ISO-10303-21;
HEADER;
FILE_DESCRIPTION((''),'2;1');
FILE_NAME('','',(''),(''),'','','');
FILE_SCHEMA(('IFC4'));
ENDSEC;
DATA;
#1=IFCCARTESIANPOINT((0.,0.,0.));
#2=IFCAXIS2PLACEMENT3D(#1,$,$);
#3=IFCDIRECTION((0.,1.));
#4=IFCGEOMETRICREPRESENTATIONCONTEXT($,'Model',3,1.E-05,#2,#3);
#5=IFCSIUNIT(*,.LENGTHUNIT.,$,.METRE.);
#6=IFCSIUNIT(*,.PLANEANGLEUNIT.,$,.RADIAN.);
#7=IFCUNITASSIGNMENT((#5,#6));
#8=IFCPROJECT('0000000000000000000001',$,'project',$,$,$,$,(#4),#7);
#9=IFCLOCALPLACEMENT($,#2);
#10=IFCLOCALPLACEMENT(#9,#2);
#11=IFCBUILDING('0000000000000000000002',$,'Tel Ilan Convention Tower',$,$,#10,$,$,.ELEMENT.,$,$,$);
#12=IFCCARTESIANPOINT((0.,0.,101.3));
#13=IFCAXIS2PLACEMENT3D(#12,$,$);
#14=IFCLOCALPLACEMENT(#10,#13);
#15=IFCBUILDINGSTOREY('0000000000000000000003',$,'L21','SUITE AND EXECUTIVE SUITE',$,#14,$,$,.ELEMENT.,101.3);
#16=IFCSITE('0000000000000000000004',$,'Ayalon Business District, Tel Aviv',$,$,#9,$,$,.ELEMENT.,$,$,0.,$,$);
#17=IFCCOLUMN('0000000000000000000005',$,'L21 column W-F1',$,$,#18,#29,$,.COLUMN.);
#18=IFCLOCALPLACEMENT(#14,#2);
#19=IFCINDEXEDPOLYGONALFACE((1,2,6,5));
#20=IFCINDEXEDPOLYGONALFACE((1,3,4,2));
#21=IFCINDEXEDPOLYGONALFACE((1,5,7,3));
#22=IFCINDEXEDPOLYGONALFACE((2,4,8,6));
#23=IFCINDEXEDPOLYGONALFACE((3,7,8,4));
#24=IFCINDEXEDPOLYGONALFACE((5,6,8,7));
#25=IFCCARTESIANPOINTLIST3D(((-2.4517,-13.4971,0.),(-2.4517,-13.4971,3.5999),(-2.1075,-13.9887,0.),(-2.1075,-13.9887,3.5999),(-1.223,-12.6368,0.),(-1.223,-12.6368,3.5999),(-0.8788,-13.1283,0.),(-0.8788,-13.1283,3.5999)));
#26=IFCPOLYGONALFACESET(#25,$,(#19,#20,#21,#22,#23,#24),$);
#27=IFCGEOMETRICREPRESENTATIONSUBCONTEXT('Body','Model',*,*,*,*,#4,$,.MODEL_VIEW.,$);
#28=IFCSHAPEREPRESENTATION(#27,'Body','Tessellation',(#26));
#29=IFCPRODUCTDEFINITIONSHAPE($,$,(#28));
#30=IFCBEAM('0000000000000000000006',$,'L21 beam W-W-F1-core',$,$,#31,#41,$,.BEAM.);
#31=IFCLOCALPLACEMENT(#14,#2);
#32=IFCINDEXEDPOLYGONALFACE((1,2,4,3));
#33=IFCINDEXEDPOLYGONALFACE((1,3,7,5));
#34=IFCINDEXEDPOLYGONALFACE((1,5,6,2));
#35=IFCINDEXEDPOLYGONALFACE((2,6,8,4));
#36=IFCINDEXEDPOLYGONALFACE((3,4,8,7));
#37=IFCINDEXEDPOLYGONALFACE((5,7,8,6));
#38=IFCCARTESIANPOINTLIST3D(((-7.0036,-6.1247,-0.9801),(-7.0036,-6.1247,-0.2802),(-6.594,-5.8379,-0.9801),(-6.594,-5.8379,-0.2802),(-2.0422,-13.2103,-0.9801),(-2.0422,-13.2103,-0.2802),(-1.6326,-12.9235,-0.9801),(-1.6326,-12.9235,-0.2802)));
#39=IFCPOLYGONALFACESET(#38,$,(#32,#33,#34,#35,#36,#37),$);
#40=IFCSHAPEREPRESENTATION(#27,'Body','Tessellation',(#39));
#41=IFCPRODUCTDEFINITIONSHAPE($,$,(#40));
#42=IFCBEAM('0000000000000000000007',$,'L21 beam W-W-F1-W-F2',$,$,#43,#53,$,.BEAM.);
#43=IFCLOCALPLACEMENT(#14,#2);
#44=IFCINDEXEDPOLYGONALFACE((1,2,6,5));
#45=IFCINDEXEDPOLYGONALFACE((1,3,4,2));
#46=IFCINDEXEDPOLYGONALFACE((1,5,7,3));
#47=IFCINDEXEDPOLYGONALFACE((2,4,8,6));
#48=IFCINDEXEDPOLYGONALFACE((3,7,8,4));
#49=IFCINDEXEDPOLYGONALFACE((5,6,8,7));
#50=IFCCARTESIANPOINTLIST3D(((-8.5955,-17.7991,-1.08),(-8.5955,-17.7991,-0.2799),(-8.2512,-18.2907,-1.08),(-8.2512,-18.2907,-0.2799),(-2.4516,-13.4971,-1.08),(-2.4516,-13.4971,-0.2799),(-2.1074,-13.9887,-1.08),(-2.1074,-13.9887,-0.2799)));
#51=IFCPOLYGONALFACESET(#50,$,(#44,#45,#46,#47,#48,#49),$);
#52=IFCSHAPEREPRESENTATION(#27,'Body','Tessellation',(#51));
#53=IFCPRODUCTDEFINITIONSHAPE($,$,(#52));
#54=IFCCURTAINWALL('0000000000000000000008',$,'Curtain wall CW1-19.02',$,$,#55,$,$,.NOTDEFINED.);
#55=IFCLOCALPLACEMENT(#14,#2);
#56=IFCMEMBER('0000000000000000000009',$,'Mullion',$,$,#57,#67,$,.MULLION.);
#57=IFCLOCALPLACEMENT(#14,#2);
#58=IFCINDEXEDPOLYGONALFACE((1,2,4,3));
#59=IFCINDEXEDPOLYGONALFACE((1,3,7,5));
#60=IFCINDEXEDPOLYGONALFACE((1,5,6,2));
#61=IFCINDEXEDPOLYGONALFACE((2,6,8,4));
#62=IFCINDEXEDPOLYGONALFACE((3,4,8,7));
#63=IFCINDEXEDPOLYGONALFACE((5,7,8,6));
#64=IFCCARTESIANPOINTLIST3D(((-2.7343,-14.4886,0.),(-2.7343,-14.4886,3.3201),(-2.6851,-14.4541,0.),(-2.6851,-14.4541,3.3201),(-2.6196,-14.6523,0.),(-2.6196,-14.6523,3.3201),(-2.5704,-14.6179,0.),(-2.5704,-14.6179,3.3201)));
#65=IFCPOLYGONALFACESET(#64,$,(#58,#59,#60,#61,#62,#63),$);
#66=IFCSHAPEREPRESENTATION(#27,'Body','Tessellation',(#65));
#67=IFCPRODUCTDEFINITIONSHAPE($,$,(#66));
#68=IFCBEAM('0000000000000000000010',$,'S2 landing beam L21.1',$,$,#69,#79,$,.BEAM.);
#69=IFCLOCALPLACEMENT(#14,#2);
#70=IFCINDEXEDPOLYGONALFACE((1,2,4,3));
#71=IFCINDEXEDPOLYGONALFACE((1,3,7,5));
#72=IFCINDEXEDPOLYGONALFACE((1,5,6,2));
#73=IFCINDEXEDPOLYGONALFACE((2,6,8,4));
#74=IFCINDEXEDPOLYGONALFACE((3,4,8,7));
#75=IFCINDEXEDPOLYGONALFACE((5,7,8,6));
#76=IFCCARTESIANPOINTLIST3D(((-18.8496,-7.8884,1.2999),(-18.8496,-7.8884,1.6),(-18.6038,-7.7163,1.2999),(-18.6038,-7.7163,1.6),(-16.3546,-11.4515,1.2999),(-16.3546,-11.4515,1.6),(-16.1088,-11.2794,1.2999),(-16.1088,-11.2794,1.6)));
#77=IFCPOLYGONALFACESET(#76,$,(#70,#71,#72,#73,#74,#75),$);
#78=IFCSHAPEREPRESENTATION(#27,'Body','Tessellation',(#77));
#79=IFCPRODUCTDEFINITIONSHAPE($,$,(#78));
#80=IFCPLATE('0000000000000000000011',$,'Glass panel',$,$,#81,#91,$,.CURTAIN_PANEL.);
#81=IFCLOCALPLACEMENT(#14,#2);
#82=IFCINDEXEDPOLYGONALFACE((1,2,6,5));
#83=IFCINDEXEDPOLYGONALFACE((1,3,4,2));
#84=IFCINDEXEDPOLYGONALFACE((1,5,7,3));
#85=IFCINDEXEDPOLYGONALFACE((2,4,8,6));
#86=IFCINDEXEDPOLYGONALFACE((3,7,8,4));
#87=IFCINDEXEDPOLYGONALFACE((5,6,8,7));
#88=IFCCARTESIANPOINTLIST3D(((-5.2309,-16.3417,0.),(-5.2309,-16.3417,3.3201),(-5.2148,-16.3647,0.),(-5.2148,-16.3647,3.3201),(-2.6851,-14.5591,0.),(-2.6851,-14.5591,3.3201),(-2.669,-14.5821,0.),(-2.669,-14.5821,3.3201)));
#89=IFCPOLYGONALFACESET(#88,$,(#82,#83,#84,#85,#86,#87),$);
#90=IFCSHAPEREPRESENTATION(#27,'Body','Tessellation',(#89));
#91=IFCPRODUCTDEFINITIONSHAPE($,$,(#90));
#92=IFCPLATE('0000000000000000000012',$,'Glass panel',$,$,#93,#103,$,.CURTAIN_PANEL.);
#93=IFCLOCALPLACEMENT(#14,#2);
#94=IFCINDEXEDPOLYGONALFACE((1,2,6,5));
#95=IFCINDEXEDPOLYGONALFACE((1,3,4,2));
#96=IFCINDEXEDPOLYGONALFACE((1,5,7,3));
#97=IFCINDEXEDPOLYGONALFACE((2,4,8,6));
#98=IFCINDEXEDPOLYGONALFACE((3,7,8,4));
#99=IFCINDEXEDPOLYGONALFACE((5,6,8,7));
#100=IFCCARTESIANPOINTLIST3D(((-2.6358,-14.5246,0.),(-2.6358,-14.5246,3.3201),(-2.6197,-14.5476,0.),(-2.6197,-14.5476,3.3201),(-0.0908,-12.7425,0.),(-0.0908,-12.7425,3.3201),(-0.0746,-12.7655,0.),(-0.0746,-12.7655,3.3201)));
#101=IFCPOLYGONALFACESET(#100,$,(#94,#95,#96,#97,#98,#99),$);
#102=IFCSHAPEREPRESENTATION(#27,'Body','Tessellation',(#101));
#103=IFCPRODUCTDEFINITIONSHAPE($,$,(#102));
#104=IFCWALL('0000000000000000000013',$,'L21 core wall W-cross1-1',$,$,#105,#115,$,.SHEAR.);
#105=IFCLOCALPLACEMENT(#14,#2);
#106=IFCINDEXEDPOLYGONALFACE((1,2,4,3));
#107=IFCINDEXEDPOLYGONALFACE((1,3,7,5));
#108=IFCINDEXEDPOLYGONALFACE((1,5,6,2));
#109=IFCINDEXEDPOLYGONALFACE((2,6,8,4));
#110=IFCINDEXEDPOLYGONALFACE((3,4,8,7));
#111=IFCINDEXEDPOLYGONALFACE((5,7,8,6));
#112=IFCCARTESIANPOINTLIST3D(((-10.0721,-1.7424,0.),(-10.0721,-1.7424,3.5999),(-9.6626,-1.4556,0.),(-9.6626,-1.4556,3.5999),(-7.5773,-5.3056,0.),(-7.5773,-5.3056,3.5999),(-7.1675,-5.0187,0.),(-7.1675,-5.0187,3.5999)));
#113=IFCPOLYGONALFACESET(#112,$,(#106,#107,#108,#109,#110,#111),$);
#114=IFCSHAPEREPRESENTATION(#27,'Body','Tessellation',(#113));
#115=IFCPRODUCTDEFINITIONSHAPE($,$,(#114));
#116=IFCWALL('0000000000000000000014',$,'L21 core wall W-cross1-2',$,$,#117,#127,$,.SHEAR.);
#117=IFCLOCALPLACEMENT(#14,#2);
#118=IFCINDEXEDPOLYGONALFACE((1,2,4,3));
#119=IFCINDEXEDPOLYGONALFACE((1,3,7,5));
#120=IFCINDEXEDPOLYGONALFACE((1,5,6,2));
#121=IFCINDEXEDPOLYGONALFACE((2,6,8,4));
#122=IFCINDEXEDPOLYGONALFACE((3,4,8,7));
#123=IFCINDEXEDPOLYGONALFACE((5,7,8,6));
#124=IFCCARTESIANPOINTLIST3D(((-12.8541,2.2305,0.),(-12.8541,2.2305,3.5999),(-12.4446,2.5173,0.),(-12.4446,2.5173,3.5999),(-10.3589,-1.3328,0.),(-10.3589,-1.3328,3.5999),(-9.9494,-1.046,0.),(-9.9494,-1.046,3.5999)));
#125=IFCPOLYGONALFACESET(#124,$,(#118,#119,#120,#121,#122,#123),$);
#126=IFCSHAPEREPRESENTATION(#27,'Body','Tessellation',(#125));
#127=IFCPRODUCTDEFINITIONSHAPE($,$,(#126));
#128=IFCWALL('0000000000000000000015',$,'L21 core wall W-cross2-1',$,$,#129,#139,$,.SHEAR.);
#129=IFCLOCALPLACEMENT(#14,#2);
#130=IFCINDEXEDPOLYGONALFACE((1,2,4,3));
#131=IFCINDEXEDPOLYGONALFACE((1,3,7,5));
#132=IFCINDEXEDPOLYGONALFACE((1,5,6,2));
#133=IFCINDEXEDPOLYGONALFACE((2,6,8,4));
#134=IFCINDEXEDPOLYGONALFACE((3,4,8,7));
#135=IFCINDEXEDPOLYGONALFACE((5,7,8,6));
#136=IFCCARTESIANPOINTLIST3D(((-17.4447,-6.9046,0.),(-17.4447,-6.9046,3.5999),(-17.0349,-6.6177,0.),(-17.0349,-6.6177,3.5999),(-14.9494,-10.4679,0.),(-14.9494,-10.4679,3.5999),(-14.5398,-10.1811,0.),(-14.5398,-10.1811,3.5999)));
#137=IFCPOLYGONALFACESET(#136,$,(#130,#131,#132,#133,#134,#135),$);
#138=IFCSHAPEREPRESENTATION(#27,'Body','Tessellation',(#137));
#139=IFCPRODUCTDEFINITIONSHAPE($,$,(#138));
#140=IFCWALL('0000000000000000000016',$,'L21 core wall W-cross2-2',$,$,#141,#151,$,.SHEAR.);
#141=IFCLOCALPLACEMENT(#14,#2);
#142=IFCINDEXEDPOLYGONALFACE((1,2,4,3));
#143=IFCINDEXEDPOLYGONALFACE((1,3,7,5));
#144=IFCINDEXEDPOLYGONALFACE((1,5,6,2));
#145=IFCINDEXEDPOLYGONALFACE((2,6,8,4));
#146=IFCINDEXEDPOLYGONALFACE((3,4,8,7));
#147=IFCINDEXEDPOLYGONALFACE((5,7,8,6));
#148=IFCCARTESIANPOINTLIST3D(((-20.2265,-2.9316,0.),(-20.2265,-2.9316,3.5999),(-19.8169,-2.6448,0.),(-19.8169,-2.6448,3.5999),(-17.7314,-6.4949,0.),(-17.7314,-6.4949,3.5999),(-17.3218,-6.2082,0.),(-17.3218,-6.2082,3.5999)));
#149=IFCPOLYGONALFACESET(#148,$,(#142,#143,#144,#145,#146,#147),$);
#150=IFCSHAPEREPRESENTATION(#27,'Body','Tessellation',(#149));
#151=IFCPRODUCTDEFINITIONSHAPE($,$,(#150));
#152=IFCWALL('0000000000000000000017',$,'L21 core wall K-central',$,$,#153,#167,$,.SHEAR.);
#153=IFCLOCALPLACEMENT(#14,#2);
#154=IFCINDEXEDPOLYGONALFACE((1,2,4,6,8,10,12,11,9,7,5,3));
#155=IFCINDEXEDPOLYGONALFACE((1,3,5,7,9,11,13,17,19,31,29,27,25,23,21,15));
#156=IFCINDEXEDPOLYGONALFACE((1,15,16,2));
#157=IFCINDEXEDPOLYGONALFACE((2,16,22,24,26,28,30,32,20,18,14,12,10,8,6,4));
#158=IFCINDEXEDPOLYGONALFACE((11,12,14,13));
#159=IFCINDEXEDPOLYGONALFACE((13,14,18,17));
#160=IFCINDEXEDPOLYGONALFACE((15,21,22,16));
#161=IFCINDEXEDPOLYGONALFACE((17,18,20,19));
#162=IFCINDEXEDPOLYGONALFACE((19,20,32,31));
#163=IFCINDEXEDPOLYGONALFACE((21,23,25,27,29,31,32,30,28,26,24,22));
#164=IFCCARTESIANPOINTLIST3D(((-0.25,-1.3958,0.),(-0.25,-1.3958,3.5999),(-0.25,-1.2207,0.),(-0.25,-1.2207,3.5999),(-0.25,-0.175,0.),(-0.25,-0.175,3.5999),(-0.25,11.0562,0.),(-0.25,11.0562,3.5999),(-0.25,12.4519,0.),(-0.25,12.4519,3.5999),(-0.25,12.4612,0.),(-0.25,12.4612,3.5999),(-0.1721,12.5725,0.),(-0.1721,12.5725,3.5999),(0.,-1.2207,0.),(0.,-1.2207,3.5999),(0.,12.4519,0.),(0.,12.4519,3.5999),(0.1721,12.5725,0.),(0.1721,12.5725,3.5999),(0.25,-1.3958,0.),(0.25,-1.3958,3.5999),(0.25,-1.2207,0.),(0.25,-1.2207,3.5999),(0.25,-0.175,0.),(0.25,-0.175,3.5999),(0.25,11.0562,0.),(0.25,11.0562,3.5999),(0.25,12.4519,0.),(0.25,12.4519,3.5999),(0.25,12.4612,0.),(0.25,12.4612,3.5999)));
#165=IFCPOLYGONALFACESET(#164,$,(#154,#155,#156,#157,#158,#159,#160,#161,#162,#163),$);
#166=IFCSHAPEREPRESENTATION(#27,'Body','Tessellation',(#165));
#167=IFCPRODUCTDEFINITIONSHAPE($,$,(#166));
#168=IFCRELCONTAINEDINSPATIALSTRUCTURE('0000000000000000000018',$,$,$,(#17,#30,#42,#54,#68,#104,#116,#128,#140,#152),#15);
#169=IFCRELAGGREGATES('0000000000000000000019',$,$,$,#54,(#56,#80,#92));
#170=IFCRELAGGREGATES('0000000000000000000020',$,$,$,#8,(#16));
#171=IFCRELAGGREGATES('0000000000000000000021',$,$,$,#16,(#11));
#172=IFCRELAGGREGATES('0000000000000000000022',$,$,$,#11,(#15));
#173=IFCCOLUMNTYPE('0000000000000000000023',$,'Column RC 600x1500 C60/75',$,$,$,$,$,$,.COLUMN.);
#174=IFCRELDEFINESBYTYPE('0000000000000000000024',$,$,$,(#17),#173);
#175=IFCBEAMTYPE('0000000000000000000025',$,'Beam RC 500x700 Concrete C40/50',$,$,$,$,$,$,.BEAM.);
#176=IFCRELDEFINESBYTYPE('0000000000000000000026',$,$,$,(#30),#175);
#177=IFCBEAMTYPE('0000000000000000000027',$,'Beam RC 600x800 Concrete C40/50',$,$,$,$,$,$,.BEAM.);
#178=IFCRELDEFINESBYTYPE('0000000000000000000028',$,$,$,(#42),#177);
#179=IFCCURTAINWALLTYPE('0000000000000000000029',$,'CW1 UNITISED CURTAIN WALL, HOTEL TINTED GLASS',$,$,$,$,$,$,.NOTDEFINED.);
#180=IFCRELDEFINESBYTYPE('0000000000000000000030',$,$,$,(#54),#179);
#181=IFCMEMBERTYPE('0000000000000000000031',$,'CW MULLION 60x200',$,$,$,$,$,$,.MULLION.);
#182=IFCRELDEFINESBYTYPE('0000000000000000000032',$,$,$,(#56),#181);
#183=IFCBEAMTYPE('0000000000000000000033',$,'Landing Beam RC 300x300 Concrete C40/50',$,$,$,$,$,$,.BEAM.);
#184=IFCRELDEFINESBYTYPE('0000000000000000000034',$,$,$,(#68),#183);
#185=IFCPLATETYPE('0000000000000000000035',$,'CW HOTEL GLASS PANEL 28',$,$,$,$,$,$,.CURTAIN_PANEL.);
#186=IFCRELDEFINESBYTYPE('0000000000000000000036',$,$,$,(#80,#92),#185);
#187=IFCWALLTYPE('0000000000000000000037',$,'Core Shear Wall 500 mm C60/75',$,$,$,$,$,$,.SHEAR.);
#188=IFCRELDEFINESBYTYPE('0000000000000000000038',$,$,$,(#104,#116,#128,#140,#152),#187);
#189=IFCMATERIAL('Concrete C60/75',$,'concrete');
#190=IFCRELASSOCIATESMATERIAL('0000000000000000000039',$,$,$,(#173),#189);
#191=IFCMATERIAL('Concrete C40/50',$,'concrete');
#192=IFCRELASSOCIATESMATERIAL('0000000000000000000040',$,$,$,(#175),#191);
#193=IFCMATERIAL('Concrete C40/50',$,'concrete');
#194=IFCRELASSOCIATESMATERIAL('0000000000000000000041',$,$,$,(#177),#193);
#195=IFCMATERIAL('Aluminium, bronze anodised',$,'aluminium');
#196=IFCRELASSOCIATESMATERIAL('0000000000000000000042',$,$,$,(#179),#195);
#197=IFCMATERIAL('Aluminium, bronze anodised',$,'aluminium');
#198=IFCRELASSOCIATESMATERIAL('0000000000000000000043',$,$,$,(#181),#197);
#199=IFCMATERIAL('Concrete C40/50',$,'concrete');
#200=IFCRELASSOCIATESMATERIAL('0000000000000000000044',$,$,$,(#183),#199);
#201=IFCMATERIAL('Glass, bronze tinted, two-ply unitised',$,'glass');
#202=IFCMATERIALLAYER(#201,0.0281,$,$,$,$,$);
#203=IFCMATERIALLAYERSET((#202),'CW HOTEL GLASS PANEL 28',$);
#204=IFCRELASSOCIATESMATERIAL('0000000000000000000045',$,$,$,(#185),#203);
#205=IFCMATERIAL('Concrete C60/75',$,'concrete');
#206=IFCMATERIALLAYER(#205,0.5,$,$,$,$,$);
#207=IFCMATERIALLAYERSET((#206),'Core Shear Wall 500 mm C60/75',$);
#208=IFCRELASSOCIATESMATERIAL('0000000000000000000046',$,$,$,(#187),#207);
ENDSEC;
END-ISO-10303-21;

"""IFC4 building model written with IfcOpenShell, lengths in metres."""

from ifc_helpers import new_model, si_unit, direction, frame, origin, origin_2d, place, context, subcontext, project, spatial, polyline, rectangle, outline, extrude, material, layer, layer_set, material_profile, profile_set, type_object, element, aggregate, save


model = new_model("IFC4")

# Units and contexts
model_context = context("Model", 3, precision=1e-05, world=origin(), true_north=direction((0.0, 1.0)))
body_context = subcontext(model_context, "Body", "Model", "MODEL_VIEW")
ifc_project = project(units=[si_unit("LENGTHUNIT", "METRE"), si_unit("PLANEANGLEUNIT", "RADIAN")], contexts=[model_context])

# Site, building, storey
site_placement = place(None, origin())
site = spatial("IfcSite", under=ifc_project, at=site_placement, Name="Ayalon Business District, Tel Aviv", CompositionType="ELEMENT", RefElevation=0.0)
building_placement = place(site_placement, origin())
building = spatial("IfcBuilding", under=site, at=building_placement, Name="Tel Ilan Convention Tower", CompositionType="ELEMENT")
storey_placement = place(building_placement, frame((0.0, 0.0, 101.3)))
storey = spatial("IfcBuildingStorey", under=building, at=storey_placement, Name="L21", Description="SUITE AND EXECUTIVE SUITE", CompositionType="ELEMENT", Elevation=101.3)

# Column
ifc_material_1 = material(Name="Concrete C60/75", Category="concrete")
ifc_material_profile_1 = material_profile(ifc_material_1, rectangle(XDim=1.5, YDim=0.6001, at=origin_2d()), Name="RC 600x1500")
ifc_profile_set_1 = profile_set([ifc_material_profile_1], Name="Concrete C60/75")
column_type = type_object("IfcColumnType", Name="Column RC 600x1500 C60/75", PredefinedType="COLUMN", material=ifc_profile_set_1)
column_placement = place(storey_placement, frame((-1.6653, -13.3127, 0.0), z_axis=(0.0, 0.0, 1.0), x_axis=(-0.819152, -0.573576, 0.0)))
element("IfcColumn", 1, at=column_placement, inside=storey, type_object=column_type, Name="L21 column W-F1", PredefinedType="COLUMN", context=body_context, shape_type="SweptSolid", body=[
    extrude(rectangle(XDim=1.5, YDim=0.6001, at=origin_2d()), origin(), (0.0, 0.0, 1.0), 3.5999),
])

# Beams
ifc_material_2 = material(Name="Concrete C40/50", Category="concrete")
ifc_material_profile_2 = material_profile(ifc_material_2, rectangle(XDim=0.5, YDim=0.7, at=origin_2d()), Name="RC 500x700")
ifc_profile_set_2 = profile_set([ifc_material_profile_2], Name="Concrete C40/50")
beam_type_1 = type_object("IfcBeamType", Name="Beam RC 500x700 Concrete C40/50", PredefinedType="BEAM", material=ifc_profile_set_2)
beam_1_placement = place(storey_placement, frame((-1.8374, -13.0669, -0.6301), z_axis=(-0.573574, 0.819154, 0.0), x_axis=(-0.819154, -0.573574, 0.0)))
element("IfcBeam", 2, at=beam_1_placement, inside=storey, type_object=beam_type_1, Name="L21 beam W-W-F1-core", PredefinedType="BEAM", context=body_context, shape_type="SweptSolid", body=[
    extrude(rectangle(XDim=0.5, YDim=0.7, at=origin_2d()), origin(), (0.0, 0.0, 1.0), 8.6499),
])
ifc_material_3 = material(Name="Concrete C40/50", Category="concrete")
ifc_material_profile_3 = material_profile(ifc_material_3, rectangle(XDim=0.6001, YDim=0.8, at=origin_2d()), Name="RC 600x800")
ifc_profile_set_3 = profile_set([ifc_material_profile_3], Name="Concrete C40/50")
beam_type_2 = type_object("IfcBeamType", Name="Beam RC 600x800 Concrete C40/50", PredefinedType="BEAM", material=ifc_profile_set_3)
beam_2_placement = place(storey_placement, frame((-2.2795, -13.7429, -0.6799), z_axis=(-0.819148, -0.573582, 0.0), x_axis=(0.573582, -0.819148, 0.0)))
element("IfcBeam", 3, at=beam_2_placement, inside=storey, type_object=beam_type_2, Name="L21 beam W-W-F1-W-F2", PredefinedType="BEAM", context=body_context, shape_type="SweptSolid", body=[
    extrude(rectangle(XDim=0.6001, YDim=0.8, at=origin_2d()), origin(), (0.0, 0.0, 1.0), 7.5002),
])

# Curtain wall, member
ifc_material_4 = material(Name="Aluminium, bronze anodised", Category="aluminium")
curtain_wall_type = type_object("IfcCurtainWallType", Name="CW1 UNITISED CURTAIN WALL, HOTEL TINTED GLASS", PredefinedType="NOTDEFINED", material=ifc_material_4)
curtain_wall_placement = place(storey_placement, origin())
curtain_wall = element("IfcCurtainWall", 4, at=curtain_wall_placement, inside=storey, type_object=curtain_wall_type, Name="Curtain wall CW1-19.02", PredefinedType="NOTDEFINED")
ifc_material_5 = material(Name="Aluminium, bronze anodised", Category="aluminium")
ifc_material_profile_4 = material_profile(ifc_material_5, rectangle(XDim=0.0601, YDim=0.2, at=origin_2d()), Name="CW MULLION 60x200")
ifc_profile_set_4 = profile_set([ifc_material_profile_4], Name="Aluminium, bronze anodised")
member_type = type_object("IfcMemberType", Name="CW MULLION 60x200", PredefinedType="MULLION", material=ifc_profile_set_4)
member_placement = place(storey_placement, frame((-2.6523, -14.5532, 0.0), z_axis=(0.0, 0.0, 1.0), x_axis=(0.819152, 0.573576, 0.0)))
member = element("IfcMember", 5, at=member_placement, type_object=member_type, Name="Mullion", PredefinedType="MULLION", context=body_context, shape_type="SweptSolid", body=[
    extrude(rectangle(XDim=0.0601, YDim=0.2, at=origin_2d()), origin(), (0.0, 0.0, 1.0), 3.3201),
])

# Beam
ifc_material_6 = material(Name="Concrete C40/50", Category="concrete")
ifc_material_profile_5 = material_profile(ifc_material_6, rectangle(XDim=0.3, YDim=0.3, at=origin_2d()), Name="RC 300x300")
ifc_profile_set_5 = profile_set([ifc_material_profile_5], Name="Concrete C40/50")
beam_type_3 = type_object("IfcBeamType", Name="Landing Beam RC 300x300 Concrete C40/50", PredefinedType="BEAM", material=ifc_profile_set_5)
beam_3_placement = place(storey_placement, frame((-16.2317, -11.3655, 1.45), z_axis=(-0.573594, 0.81914, 0.0), x_axis=(-0.81914, -0.573594, 0.0)))
element("IfcBeam", 6, at=beam_3_placement, inside=storey, type_object=beam_type_3, Name="S2 landing beam L21.1", PredefinedType="BEAM", context=body_context, shape_type="SweptSolid", body=[
    extrude(rectangle(XDim=0.3, YDim=0.3, at=origin_2d()), origin(), (0.0, 0.0, 1.0), 4.3499),
])

# Plates
ifc_material_7 = material(Name="Glass, bronze tinted, two-ply unitised", Category="glass")
ifc_layer_1 = layer(ifc_material_7, 0.0281)
ifc_layer_set_1 = layer_set([ifc_layer_1], Name="CW HOTEL GLASS PANEL 28")
plate_type = type_object("IfcPlateType", Name="CW HOTEL GLASS PANEL 28", PredefinedType="CURTAIN_PANEL", material=ifc_layer_set_1)
plate_1_placement = place(storey_placement, frame((-3.95, -15.4619, 0.0), z_axis=(0.0, 0.0, 1.0), x_axis=(0.819152, 0.573576, 0.0)))
plate_1 = element("IfcPlate", 7, at=plate_1_placement, type_object=plate_type, Name="Glass panel", PredefinedType="CURTAIN_PANEL", context=body_context, shape_type="SweptSolid", body=[
    extrude(rectangle(XDim=3.1079, YDim=0.0281, at=origin_2d()), origin(), (0.0, 0.0, 1.0), 3.3201),
])
plate_2_placement = place(storey_placement, frame((-1.3552, -13.645, 0.0), z_axis=(0.0, 0.0, 1.0), x_axis=(0.819152, 0.573576, 0.0)))
plate_2 = element("IfcPlate", 8, at=plate_2_placement, type_object=plate_type, Name="Glass panel", PredefinedType="CURTAIN_PANEL", context=body_context, shape_type="SweptSolid", body=[
    extrude(rectangle(XDim=3.1069, YDim=0.0281, at=origin_2d()), origin(), (0.0, 0.0, 1.0), 3.3201),
])
aggregate(curtain_wall, [member, plate_1, plate_2])

# Walls
ifc_material_8 = material(Name="Concrete C60/75", Category="concrete")
ifc_layer_2 = layer(ifc_material_8, 0.5)
ifc_layer_set_2 = layer_set([ifc_layer_2], Name="Core Shear Wall 500 mm C60/75")
wall_type_1 = type_object("IfcWallType", Name="Core Shear Wall 500 mm C60/75", PredefinedType="SHEAR", material=ifc_layer_set_2)
wall_1_placement = place(storey_placement, frame((-7.3723, -5.1621, 0.0), z_axis=(0.0, 0.0, 1.0), x_axis=(-0.573594, 0.81914, 0.0)))
element("IfcWall", 9, at=wall_1_placement, inside=storey, type_object=wall_type_1, Name="L21 core wall W-cross1-1", PredefinedType="SHEAR", context=body_context, shape_type="SweptSolid", body=[
    extrude(outline(polyline([(4.3499, 0.25), (0.0, 0.2502), (0.0, -0.25), (4.3499, -0.25), (4.3499, 0.25)])), origin(), (0.0, 0.0, 1.0), 3.5999),
])
wall_2_placement = place(storey_placement, frame((-10.1543, -1.1892, 0.0), z_axis=(0.0, 0.0, 1.0), x_axis=(-0.573594, 0.81914, 0.0)))
element("IfcWall", 10, at=wall_2_placement, inside=storey, type_object=wall_type_1, Name="L21 core wall W-cross1-2", PredefinedType="SHEAR", context=body_context, shape_type="SweptSolid", body=[
    extrude(outline(polyline([(4.3499, -0.25), (4.3499, 0.25), (-0.0002, 0.25), (-0.0002, -0.25), (4.3499, -0.25)])), origin(), (0.0, 0.0, 1.0), 3.5999),
])
wall_3_placement = place(storey_placement, frame((-14.7446, -10.3245, 0.0), z_axis=(0.0, 0.0, 1.0), x_axis=(-0.573568, 0.819158, 0.0)))
element("IfcWall", 11, at=wall_3_placement, inside=storey, type_object=wall_type_1, Name="L21 core wall W-cross2-1", PredefinedType="SHEAR", context=body_context, shape_type="SweptSolid", body=[
    extrude(outline(polyline([(4.3501, 0.2502), (0.0, 0.25), (0.0, -0.25), (4.3501, -0.25), (4.3501, 0.2502)])), origin(), (0.0, 0.0, 1.0), 3.5999),
])
wall_4_placement = place(storey_placement, frame((-17.5266, -6.3516, 0.0), z_axis=(0.0, 0.0, 1.0), x_axis=(-0.57353, 0.819184, 0.0)))
element("IfcWall", 12, at=wall_4_placement, inside=storey, type_object=wall_type_1, Name="L21 core wall W-cross2-2", PredefinedType="SHEAR", context=body_context, shape_type="SweptSolid", body=[
    extrude(outline(polyline([(4.3501, -0.2498), (4.3501, 0.2502), (0.0, 0.25), (0.0, -0.25), (4.3501, -0.2498)])), origin(), (0.0, 0.0, 1.0), 3.5999),
])
wall_5_placement = place(storey_placement, frame((0.0, -1.3958, 0.0), z_axis=(0.0, 0.0, 1.0), x_axis=(0.0, 1.0, 0.0)))
element("IfcWall", 13, at=wall_5_placement, inside=storey, type_object=wall_type_1, Name="L21 core wall K-central", PredefinedType="SHEAR", context=body_context, shape_type="SweptSolid", body=[
    extrude(outline(polyline([(0.0, -0.25), (0.175, -0.25), (1.2207, -0.25), (12.4519, -0.25), (13.8477, -0.25), (13.8569, -0.25), (13.9683, -0.1721), (13.8477, 0.0), (13.9683, 0.1721), (13.8569, 0.25), (13.8477, 0.25), (12.4519, 0.25), (1.2207, 0.25), (0.175, 0.25), (0.0, 0.25), (0.175, 0.0), (0.0, -0.25)])), origin(), (0.0, 0.0, 1.0), 3.5999),
])

save(model, "model.ifc")
